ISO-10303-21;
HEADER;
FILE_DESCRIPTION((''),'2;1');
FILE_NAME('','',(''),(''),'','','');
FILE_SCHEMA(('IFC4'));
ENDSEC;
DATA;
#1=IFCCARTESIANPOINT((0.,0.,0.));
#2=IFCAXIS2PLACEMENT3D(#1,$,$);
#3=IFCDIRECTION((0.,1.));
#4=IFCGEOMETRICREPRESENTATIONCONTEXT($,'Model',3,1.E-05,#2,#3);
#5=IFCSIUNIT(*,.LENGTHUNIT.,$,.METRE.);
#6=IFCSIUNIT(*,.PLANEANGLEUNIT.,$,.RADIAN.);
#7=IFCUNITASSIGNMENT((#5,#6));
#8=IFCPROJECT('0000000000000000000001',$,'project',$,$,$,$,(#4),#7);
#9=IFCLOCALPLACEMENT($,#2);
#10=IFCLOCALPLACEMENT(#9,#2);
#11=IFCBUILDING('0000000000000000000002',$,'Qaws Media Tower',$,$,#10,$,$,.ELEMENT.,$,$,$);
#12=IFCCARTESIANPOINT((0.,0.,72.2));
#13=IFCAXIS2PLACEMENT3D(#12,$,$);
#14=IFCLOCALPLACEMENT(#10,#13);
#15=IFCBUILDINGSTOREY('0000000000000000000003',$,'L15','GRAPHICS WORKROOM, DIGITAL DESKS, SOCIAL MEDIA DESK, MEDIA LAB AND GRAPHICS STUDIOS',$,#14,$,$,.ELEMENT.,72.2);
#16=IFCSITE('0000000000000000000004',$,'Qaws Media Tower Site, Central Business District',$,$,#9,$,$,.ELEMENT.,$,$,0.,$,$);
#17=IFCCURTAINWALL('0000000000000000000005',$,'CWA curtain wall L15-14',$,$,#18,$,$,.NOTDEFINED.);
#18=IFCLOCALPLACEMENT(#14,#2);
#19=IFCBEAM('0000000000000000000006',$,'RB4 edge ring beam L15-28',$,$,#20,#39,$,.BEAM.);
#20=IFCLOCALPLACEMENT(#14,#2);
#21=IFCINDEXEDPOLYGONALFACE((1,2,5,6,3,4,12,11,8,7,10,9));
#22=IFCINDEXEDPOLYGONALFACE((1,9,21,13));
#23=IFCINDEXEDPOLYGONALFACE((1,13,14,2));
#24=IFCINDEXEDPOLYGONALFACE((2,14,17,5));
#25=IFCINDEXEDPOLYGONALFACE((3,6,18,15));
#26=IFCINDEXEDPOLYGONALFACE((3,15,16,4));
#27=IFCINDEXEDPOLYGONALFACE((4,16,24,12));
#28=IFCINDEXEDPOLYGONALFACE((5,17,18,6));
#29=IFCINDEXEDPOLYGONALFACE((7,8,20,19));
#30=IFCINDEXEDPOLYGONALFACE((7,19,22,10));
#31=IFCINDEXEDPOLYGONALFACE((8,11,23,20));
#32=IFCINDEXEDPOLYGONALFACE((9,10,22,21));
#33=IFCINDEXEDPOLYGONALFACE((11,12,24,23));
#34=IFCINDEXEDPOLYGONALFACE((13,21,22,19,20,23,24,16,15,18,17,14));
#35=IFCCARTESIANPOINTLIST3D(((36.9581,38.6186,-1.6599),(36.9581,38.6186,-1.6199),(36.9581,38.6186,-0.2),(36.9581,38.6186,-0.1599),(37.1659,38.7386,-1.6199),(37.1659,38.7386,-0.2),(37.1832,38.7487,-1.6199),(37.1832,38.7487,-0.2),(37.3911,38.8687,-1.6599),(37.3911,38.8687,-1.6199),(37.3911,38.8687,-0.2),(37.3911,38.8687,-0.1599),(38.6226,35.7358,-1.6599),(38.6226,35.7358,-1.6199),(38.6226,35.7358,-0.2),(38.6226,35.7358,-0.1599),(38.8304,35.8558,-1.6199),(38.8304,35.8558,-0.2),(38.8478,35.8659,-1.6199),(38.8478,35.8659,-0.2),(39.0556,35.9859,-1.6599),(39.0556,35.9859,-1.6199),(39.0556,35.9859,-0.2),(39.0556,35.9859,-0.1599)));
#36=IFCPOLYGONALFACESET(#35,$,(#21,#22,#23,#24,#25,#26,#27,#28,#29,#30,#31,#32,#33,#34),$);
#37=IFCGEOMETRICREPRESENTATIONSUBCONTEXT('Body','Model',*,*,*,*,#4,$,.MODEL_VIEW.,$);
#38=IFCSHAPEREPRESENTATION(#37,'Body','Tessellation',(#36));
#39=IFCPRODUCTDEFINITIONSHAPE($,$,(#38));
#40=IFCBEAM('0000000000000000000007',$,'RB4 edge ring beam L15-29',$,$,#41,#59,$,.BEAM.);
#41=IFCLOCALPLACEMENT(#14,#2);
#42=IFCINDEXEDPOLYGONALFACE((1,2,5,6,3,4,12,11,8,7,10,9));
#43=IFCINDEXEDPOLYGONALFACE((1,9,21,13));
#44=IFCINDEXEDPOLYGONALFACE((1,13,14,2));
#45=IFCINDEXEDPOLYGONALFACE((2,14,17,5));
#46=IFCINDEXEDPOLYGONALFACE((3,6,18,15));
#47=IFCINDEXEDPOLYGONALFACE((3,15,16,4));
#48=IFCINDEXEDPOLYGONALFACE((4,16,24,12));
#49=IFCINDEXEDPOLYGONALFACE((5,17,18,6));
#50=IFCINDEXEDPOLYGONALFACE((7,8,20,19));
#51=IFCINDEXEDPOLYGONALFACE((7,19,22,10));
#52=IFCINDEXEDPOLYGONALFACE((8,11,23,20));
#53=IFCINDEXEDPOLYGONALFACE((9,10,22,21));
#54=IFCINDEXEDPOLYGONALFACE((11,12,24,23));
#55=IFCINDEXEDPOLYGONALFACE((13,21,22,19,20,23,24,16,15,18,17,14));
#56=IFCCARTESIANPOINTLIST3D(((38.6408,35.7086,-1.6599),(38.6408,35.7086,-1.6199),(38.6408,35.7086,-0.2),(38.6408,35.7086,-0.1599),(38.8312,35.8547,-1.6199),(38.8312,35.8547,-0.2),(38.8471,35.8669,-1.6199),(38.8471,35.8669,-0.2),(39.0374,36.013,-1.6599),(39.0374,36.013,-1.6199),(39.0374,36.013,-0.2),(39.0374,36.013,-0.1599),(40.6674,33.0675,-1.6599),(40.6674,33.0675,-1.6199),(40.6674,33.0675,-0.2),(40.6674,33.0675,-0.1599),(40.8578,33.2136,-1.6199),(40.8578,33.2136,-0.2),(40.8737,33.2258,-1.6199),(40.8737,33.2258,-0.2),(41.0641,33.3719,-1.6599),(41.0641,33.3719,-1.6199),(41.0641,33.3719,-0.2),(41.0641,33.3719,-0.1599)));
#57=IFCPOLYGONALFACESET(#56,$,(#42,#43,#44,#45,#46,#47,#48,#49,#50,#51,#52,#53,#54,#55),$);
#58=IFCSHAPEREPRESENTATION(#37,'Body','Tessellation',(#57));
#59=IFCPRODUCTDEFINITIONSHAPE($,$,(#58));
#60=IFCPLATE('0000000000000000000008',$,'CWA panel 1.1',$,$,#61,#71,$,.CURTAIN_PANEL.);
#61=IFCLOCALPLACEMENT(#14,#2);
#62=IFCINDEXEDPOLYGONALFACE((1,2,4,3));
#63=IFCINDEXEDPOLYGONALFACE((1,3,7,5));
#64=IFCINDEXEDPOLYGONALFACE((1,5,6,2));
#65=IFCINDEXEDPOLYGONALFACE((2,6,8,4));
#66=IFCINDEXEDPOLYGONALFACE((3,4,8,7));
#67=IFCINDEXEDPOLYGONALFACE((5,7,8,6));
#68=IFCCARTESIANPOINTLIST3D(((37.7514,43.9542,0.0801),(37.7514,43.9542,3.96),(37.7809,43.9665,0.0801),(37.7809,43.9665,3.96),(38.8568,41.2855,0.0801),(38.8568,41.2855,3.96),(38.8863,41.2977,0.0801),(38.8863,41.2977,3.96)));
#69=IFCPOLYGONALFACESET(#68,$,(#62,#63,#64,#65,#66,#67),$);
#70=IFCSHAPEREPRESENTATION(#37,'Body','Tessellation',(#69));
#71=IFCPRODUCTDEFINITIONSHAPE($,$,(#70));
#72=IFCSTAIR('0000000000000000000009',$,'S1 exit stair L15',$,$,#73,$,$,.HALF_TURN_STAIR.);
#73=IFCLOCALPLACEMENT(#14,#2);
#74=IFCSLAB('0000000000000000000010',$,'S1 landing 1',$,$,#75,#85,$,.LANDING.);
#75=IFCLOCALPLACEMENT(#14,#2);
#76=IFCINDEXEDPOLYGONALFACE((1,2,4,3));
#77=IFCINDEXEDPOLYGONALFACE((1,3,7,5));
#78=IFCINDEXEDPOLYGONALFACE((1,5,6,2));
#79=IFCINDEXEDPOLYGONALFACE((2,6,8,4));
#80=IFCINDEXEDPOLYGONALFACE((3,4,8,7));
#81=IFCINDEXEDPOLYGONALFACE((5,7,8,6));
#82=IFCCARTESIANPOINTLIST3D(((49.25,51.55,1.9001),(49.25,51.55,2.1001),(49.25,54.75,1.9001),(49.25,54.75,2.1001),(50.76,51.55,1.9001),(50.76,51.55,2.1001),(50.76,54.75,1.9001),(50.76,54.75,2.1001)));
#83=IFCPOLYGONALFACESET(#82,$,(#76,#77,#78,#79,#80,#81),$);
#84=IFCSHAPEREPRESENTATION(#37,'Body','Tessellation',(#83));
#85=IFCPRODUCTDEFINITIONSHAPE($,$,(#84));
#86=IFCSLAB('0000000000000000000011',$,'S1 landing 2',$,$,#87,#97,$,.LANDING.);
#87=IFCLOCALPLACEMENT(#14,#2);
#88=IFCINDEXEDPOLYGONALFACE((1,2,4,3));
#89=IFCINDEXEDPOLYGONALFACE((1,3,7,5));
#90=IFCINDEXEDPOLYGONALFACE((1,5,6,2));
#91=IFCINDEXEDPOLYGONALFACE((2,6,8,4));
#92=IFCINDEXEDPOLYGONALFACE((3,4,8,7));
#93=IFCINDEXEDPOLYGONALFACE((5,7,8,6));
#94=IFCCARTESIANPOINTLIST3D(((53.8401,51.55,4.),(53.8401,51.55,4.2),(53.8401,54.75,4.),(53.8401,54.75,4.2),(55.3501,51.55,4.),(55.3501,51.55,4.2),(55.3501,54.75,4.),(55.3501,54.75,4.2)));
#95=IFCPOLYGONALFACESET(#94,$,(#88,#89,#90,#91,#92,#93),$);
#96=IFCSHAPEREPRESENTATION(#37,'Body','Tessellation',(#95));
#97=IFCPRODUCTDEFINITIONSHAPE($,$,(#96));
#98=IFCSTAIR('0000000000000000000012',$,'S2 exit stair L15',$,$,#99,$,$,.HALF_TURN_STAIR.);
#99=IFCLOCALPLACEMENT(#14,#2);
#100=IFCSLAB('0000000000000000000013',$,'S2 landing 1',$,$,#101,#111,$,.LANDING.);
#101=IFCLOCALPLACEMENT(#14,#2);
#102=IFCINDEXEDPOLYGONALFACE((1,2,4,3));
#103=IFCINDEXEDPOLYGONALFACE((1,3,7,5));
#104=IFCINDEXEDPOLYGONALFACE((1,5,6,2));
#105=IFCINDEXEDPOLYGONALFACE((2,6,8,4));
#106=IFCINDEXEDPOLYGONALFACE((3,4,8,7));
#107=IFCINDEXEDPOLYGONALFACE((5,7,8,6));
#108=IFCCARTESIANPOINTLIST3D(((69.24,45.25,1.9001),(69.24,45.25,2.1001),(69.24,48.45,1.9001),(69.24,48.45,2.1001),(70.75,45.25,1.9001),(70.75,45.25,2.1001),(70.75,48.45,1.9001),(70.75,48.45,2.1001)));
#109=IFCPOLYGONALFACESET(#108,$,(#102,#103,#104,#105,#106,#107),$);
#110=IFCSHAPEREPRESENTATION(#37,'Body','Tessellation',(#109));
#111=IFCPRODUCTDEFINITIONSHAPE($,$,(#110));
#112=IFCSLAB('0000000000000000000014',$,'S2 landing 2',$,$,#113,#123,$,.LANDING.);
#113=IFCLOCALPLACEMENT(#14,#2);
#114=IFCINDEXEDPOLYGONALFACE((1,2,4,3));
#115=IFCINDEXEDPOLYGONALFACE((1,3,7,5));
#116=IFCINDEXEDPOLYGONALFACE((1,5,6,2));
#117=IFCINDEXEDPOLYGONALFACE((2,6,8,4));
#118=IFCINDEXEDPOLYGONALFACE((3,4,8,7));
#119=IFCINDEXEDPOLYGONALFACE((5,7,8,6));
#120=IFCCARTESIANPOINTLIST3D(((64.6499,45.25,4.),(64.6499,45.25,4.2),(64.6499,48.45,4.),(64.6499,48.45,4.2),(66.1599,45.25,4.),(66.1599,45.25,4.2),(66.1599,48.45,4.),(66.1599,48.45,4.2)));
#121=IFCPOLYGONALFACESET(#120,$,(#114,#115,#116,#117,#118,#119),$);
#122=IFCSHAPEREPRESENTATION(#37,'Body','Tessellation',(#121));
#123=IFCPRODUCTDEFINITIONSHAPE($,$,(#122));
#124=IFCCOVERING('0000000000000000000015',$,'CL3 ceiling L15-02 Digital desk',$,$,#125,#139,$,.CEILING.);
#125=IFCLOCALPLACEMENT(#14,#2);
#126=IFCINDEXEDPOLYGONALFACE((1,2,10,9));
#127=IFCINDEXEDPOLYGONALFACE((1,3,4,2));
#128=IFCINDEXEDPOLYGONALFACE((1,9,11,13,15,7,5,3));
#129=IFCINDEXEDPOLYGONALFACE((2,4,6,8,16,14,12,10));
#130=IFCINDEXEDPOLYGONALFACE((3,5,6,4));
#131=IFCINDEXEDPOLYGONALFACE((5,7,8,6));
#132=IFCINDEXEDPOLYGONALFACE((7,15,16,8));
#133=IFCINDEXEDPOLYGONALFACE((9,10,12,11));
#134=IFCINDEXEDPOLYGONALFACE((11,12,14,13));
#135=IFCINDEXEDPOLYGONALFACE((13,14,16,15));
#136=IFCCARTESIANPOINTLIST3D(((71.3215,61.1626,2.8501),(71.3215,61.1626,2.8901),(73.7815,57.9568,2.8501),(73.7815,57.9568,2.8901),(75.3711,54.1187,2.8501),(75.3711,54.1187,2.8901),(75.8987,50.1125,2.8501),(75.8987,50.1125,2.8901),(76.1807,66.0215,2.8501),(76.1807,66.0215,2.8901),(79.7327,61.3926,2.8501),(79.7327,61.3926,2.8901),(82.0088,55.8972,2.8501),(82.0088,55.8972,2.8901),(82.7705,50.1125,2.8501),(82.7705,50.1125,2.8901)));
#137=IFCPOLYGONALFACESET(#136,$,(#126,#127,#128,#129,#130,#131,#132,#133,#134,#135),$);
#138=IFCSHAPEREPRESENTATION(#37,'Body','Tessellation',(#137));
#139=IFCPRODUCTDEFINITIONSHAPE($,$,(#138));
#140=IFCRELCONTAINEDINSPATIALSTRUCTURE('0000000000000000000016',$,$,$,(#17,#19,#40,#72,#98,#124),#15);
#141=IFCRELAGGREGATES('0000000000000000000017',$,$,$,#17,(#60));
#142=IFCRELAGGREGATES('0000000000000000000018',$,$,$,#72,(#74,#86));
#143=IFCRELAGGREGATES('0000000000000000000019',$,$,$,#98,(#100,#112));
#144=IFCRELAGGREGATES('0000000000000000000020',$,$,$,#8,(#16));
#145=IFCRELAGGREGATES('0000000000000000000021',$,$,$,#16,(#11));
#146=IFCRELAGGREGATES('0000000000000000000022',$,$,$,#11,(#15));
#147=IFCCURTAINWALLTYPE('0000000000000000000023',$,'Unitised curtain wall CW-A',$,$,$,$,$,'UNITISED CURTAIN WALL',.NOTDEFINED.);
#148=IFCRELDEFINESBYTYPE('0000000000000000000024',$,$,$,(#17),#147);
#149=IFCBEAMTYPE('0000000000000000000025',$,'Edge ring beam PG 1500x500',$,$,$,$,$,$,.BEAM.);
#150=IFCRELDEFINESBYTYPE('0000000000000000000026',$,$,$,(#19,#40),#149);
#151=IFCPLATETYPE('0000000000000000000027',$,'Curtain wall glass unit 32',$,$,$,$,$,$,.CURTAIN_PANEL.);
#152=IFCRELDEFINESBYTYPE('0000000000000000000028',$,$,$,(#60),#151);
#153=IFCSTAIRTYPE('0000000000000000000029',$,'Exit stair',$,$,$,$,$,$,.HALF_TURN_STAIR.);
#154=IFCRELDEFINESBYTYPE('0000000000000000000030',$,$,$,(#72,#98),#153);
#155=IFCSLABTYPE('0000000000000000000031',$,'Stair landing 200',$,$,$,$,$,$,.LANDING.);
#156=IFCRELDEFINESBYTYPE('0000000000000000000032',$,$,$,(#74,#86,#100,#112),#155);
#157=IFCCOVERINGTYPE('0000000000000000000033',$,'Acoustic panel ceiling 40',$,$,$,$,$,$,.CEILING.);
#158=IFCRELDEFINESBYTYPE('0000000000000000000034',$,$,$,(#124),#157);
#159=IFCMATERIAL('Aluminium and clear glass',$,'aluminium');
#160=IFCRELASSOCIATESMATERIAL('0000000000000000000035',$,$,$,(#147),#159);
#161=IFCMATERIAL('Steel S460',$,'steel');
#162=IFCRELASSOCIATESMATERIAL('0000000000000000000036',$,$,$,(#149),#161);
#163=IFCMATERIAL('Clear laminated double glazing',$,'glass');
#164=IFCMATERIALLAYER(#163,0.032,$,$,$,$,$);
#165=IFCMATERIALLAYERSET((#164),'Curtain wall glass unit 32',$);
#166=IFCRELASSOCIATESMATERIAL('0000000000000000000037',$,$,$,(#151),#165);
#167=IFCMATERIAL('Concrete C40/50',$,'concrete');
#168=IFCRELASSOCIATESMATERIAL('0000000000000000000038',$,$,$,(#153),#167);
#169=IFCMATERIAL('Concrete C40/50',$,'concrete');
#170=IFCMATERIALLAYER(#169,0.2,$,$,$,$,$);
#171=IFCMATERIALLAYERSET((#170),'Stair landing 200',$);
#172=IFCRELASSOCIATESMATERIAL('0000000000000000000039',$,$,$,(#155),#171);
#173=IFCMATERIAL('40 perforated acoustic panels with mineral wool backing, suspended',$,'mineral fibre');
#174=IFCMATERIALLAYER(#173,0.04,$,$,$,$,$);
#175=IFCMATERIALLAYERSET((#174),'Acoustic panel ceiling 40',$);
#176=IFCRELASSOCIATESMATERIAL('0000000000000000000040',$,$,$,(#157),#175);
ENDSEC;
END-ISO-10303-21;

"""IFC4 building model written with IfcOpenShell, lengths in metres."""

from ifc_helpers import new_model, si_unit, direction, frame, origin, origin_2d, place, context, subcontext, project, spatial, polyline, rectangle, i_section, outline, extrude, material, layer, layer_set, material_profile, profile_set, type_object, element, aggregate, save


model = new_model("IFC4")

# Units and contexts
model_context = context("Model", 3, precision=1e-05, world=origin(), true_north=direction((0.0, 1.0)))
body_context = subcontext(model_context, "Body", "Model", "MODEL_VIEW")
ifc_project = project(units=[si_unit("LENGTHUNIT", "METRE"), si_unit("PLANEANGLEUNIT", "RADIAN")], contexts=[model_context])

# Site, building, storey
site_placement = place(None, origin())
site = spatial("IfcSite", under=ifc_project, at=site_placement, Name="Qaws Media Tower Site, Central Business District", CompositionType="ELEMENT", RefElevation=0.0)
building_placement = place(site_placement, origin())
building = spatial("IfcBuilding", under=site, at=building_placement, Name="Qaws Media Tower", CompositionType="ELEMENT")
storey_placement = place(building_placement, frame((0.0, 0.0, 72.2)))
storey = spatial("IfcBuildingStorey", under=building, at=storey_placement, Name="L15", Description="GRAPHICS WORKROOM, DIGITAL DESKS, SOCIAL MEDIA DESK, MEDIA LAB AND GRAPHICS STUDIOS", CompositionType="ELEMENT", Elevation=72.2)

# Curtain wall
ifc_material_1 = material(Name="Aluminium and clear glass", Category="aluminium")
curtain_wall_type = type_object("IfcCurtainWallType", Name="Unitised curtain wall CW-A", ElementType="UNITISED CURTAIN WALL", PredefinedType="NOTDEFINED", material=ifc_material_1)
curtain_wall_placement = place(storey_placement, origin())
curtain_wall = element("IfcCurtainWall", 1, at=curtain_wall_placement, inside=storey, type_object=curtain_wall_type, Name="CWA curtain wall L15-14", PredefinedType="NOTDEFINED")

# Beams
ifc_material_2 = material(Name="Steel S460", Category="steel")
ifc_material_profile_1 = material_profile(ifc_material_2, i_section(OverallWidth=0.5, OverallDepth=1.5, WebThickness=0.02, FlangeThickness=0.04, at=origin_2d()), Name="PG 1500x500")
ifc_profile_set_1 = profile_set([ifc_material_profile_1], Name="Steel S460")
beam_type = type_object("IfcBeamType", Name="Edge ring beam PG 1500x500", PredefinedType="BEAM", material=ifc_profile_set_1)
beam_1_placement = place(storey_placement, frame((37.1746, 38.7437, -0.9099), z_axis=(0.500036, -0.866005, 0.0), x_axis=(0.866005, 0.500036, 0.0)))
element("IfcBeam", 2, at=beam_1_placement, inside=storey, type_object=beam_type, Name="RB4 edge ring beam L15-28", PredefinedType="BEAM", context=body_context, shape_type="SweptSolid", body=[
    extrude(i_section(OverallWidth=0.5, OverallDepth=1.5, WebThickness=0.02, FlangeThickness=0.04, at=origin_2d()), origin(), (0.0, 0.0, 1.0), 3.3289),
])
beam_2_placement = place(storey_placement, frame((38.8391, 35.8608, -0.9099), z_axis=(0.608764, -0.793351, 0.0), x_axis=(0.793351, 0.608764, 0.0)))
element("IfcBeam", 3, at=beam_2_placement, inside=storey, type_object=beam_type, Name="RB4 edge ring beam L15-29", PredefinedType="BEAM", context=body_context, shape_type="SweptSolid", body=[
    extrude(i_section(OverallWidth=0.5, OverallDepth=1.5, WebThickness=0.02, FlangeThickness=0.04, at=origin_2d()), origin(), (0.0, 0.0, 1.0), 3.3291),
])

# Plate
ifc_material_3 = material(Name="Clear laminated double glazing", Category="glass")
ifc_layer_1 = layer(ifc_material_3, 0.032)
ifc_layer_set_1 = layer_set([ifc_layer_1], Name="Curtain wall glass unit 32")
plate_type = type_object("IfcPlateType", Name="Curtain wall glass unit 32", PredefinedType="CURTAIN_PANEL", material=ifc_layer_set_1)
plate_placement = place(storey_placement, frame((38.3188, 42.626, 0.0801), z_axis=(0.0, 0.0, 1.0), x_axis=(0.382683, -0.92388, 0.0)))
plate = element("IfcPlate", 4, at=plate_placement, type_object=plate_type, Name="CWA panel 1.1", PredefinedType="CURTAIN_PANEL", context=body_context, shape_type="SweptSolid", body=[
    extrude(rectangle(XDim=2.8887, YDim=0.032, at=origin_2d()), origin(), (0.0, 0.0, 1.0), 3.8799),
])
aggregate(curtain_wall, [plate])

# Stairs, slabs
ifc_material_4 = material(Name="Concrete C40/50", Category="concrete")
stair_type = type_object("IfcStairType", Name="Exit stair", PredefinedType="HALF_TURN_STAIR", material=ifc_material_4)
stair_1_placement = place(storey_placement, origin())
stair_1 = element("IfcStair", 5, at=stair_1_placement, inside=storey, type_object=stair_type, Name="S1 exit stair L15", PredefinedType="HALF_TURN_STAIR")
ifc_material_5 = material(Name="Concrete C40/50", Category="concrete")
ifc_layer_2 = layer(ifc_material_5, 0.2)
ifc_layer_set_2 = layer_set([ifc_layer_2], Name="Stair landing 200")
slab_type = type_object("IfcSlabType", Name="Stair landing 200", PredefinedType="LANDING", material=ifc_layer_set_2)
slab_1_placement = place(storey_placement, frame((0.0, 0.0, 1.9001)))
slab_1 = element("IfcSlab", 6, at=slab_1_placement, type_object=slab_type, Name="S1 landing 1", PredefinedType="LANDING", context=body_context, shape_type="SweptSolid", body=[
    extrude(outline(polyline([(49.25, 51.55), (50.76, 51.55), (50.76, 54.75), (49.25, 54.75), (49.25, 51.55)])), origin(), (0.0, 0.0, 1.0), 0.2),
])
slab_2_placement = place(storey_placement, frame((0.0, 0.0, 4.0)))
slab_2 = element("IfcSlab", 7, at=slab_2_placement, type_object=slab_type, Name="S1 landing 2", PredefinedType="LANDING", context=body_context, shape_type="SweptSolid", body=[
    extrude(outline(polyline([(53.8401, 51.55), (55.3501, 51.55), (55.3501, 54.75), (53.8401, 54.75), (53.8401, 51.55)])), origin(), (0.0, 0.0, 1.0), 0.2),
])
aggregate(stair_1, [slab_1, slab_2])
stair_2_placement = place(storey_placement, origin())
stair_2 = element("IfcStair", 8, at=stair_2_placement, inside=storey, type_object=stair_type, Name="S2 exit stair L15", PredefinedType="HALF_TURN_STAIR")
slab_3_placement = place(storey_placement, frame((0.0, 0.0, 1.9001)))
slab_3 = element("IfcSlab", 9, at=slab_3_placement, type_object=slab_type, Name="S2 landing 1", PredefinedType="LANDING", context=body_context, shape_type="SweptSolid", body=[
    extrude(outline(polyline([(69.24, 45.25), (70.75, 45.25), (70.75, 48.45), (69.24, 48.45), (69.24, 45.25)])), origin(), (0.0, 0.0, 1.0), 0.2),
])
slab_4_placement = place(storey_placement, frame((0.0, 0.0, 4.0)))
slab_4 = element("IfcSlab", 10, at=slab_4_placement, type_object=slab_type, Name="S2 landing 2", PredefinedType="LANDING", context=body_context, shape_type="SweptSolid", body=[
    extrude(outline(polyline([(64.6499, 45.25), (66.1599, 45.25), (66.1599, 48.45), (64.6499, 48.45), (64.6499, 45.25)])), origin(), (0.0, 0.0, 1.0), 0.2),
])
aggregate(stair_2, [slab_3, slab_4])

# Covering
ifc_material_6 = material(Name="40 perforated acoustic panels with mineral wool backing, suspended", Category="mineral fibre")
ifc_layer_3 = layer(ifc_material_6, 0.04)
ifc_layer_set_3 = layer_set([ifc_layer_3], Name="Acoustic panel ceiling 40")
covering_type_1 = type_object("IfcCoveringType", Name="Acoustic panel ceiling 40", PredefinedType="CEILING", material=ifc_layer_set_3)
covering_1_placement = place(storey_placement, frame((0.0, 0.0, 2.8501)))
element("IfcCovering", 11, at=covering_1_placement, inside=storey, type_object=covering_type_1, Name="CL3 ceiling L15-02 Digital desk", PredefinedType="CEILING", context=body_context, shape_type="SweptSolid", body=[
    extrude(outline(polyline([(79.7327, 61.3926), (82.0088, 55.8972), (82.7705, 50.1125), (75.8987, 50.1125), (75.3711, 54.1187), (73.7815, 57.9568), (71.3215, 61.1626), (76.1807, 66.0215), (79.7327, 61.3926)])), origin(), (0.0, 0.0, 1.0), 0.04),
])

save(model, "model.ifc")
